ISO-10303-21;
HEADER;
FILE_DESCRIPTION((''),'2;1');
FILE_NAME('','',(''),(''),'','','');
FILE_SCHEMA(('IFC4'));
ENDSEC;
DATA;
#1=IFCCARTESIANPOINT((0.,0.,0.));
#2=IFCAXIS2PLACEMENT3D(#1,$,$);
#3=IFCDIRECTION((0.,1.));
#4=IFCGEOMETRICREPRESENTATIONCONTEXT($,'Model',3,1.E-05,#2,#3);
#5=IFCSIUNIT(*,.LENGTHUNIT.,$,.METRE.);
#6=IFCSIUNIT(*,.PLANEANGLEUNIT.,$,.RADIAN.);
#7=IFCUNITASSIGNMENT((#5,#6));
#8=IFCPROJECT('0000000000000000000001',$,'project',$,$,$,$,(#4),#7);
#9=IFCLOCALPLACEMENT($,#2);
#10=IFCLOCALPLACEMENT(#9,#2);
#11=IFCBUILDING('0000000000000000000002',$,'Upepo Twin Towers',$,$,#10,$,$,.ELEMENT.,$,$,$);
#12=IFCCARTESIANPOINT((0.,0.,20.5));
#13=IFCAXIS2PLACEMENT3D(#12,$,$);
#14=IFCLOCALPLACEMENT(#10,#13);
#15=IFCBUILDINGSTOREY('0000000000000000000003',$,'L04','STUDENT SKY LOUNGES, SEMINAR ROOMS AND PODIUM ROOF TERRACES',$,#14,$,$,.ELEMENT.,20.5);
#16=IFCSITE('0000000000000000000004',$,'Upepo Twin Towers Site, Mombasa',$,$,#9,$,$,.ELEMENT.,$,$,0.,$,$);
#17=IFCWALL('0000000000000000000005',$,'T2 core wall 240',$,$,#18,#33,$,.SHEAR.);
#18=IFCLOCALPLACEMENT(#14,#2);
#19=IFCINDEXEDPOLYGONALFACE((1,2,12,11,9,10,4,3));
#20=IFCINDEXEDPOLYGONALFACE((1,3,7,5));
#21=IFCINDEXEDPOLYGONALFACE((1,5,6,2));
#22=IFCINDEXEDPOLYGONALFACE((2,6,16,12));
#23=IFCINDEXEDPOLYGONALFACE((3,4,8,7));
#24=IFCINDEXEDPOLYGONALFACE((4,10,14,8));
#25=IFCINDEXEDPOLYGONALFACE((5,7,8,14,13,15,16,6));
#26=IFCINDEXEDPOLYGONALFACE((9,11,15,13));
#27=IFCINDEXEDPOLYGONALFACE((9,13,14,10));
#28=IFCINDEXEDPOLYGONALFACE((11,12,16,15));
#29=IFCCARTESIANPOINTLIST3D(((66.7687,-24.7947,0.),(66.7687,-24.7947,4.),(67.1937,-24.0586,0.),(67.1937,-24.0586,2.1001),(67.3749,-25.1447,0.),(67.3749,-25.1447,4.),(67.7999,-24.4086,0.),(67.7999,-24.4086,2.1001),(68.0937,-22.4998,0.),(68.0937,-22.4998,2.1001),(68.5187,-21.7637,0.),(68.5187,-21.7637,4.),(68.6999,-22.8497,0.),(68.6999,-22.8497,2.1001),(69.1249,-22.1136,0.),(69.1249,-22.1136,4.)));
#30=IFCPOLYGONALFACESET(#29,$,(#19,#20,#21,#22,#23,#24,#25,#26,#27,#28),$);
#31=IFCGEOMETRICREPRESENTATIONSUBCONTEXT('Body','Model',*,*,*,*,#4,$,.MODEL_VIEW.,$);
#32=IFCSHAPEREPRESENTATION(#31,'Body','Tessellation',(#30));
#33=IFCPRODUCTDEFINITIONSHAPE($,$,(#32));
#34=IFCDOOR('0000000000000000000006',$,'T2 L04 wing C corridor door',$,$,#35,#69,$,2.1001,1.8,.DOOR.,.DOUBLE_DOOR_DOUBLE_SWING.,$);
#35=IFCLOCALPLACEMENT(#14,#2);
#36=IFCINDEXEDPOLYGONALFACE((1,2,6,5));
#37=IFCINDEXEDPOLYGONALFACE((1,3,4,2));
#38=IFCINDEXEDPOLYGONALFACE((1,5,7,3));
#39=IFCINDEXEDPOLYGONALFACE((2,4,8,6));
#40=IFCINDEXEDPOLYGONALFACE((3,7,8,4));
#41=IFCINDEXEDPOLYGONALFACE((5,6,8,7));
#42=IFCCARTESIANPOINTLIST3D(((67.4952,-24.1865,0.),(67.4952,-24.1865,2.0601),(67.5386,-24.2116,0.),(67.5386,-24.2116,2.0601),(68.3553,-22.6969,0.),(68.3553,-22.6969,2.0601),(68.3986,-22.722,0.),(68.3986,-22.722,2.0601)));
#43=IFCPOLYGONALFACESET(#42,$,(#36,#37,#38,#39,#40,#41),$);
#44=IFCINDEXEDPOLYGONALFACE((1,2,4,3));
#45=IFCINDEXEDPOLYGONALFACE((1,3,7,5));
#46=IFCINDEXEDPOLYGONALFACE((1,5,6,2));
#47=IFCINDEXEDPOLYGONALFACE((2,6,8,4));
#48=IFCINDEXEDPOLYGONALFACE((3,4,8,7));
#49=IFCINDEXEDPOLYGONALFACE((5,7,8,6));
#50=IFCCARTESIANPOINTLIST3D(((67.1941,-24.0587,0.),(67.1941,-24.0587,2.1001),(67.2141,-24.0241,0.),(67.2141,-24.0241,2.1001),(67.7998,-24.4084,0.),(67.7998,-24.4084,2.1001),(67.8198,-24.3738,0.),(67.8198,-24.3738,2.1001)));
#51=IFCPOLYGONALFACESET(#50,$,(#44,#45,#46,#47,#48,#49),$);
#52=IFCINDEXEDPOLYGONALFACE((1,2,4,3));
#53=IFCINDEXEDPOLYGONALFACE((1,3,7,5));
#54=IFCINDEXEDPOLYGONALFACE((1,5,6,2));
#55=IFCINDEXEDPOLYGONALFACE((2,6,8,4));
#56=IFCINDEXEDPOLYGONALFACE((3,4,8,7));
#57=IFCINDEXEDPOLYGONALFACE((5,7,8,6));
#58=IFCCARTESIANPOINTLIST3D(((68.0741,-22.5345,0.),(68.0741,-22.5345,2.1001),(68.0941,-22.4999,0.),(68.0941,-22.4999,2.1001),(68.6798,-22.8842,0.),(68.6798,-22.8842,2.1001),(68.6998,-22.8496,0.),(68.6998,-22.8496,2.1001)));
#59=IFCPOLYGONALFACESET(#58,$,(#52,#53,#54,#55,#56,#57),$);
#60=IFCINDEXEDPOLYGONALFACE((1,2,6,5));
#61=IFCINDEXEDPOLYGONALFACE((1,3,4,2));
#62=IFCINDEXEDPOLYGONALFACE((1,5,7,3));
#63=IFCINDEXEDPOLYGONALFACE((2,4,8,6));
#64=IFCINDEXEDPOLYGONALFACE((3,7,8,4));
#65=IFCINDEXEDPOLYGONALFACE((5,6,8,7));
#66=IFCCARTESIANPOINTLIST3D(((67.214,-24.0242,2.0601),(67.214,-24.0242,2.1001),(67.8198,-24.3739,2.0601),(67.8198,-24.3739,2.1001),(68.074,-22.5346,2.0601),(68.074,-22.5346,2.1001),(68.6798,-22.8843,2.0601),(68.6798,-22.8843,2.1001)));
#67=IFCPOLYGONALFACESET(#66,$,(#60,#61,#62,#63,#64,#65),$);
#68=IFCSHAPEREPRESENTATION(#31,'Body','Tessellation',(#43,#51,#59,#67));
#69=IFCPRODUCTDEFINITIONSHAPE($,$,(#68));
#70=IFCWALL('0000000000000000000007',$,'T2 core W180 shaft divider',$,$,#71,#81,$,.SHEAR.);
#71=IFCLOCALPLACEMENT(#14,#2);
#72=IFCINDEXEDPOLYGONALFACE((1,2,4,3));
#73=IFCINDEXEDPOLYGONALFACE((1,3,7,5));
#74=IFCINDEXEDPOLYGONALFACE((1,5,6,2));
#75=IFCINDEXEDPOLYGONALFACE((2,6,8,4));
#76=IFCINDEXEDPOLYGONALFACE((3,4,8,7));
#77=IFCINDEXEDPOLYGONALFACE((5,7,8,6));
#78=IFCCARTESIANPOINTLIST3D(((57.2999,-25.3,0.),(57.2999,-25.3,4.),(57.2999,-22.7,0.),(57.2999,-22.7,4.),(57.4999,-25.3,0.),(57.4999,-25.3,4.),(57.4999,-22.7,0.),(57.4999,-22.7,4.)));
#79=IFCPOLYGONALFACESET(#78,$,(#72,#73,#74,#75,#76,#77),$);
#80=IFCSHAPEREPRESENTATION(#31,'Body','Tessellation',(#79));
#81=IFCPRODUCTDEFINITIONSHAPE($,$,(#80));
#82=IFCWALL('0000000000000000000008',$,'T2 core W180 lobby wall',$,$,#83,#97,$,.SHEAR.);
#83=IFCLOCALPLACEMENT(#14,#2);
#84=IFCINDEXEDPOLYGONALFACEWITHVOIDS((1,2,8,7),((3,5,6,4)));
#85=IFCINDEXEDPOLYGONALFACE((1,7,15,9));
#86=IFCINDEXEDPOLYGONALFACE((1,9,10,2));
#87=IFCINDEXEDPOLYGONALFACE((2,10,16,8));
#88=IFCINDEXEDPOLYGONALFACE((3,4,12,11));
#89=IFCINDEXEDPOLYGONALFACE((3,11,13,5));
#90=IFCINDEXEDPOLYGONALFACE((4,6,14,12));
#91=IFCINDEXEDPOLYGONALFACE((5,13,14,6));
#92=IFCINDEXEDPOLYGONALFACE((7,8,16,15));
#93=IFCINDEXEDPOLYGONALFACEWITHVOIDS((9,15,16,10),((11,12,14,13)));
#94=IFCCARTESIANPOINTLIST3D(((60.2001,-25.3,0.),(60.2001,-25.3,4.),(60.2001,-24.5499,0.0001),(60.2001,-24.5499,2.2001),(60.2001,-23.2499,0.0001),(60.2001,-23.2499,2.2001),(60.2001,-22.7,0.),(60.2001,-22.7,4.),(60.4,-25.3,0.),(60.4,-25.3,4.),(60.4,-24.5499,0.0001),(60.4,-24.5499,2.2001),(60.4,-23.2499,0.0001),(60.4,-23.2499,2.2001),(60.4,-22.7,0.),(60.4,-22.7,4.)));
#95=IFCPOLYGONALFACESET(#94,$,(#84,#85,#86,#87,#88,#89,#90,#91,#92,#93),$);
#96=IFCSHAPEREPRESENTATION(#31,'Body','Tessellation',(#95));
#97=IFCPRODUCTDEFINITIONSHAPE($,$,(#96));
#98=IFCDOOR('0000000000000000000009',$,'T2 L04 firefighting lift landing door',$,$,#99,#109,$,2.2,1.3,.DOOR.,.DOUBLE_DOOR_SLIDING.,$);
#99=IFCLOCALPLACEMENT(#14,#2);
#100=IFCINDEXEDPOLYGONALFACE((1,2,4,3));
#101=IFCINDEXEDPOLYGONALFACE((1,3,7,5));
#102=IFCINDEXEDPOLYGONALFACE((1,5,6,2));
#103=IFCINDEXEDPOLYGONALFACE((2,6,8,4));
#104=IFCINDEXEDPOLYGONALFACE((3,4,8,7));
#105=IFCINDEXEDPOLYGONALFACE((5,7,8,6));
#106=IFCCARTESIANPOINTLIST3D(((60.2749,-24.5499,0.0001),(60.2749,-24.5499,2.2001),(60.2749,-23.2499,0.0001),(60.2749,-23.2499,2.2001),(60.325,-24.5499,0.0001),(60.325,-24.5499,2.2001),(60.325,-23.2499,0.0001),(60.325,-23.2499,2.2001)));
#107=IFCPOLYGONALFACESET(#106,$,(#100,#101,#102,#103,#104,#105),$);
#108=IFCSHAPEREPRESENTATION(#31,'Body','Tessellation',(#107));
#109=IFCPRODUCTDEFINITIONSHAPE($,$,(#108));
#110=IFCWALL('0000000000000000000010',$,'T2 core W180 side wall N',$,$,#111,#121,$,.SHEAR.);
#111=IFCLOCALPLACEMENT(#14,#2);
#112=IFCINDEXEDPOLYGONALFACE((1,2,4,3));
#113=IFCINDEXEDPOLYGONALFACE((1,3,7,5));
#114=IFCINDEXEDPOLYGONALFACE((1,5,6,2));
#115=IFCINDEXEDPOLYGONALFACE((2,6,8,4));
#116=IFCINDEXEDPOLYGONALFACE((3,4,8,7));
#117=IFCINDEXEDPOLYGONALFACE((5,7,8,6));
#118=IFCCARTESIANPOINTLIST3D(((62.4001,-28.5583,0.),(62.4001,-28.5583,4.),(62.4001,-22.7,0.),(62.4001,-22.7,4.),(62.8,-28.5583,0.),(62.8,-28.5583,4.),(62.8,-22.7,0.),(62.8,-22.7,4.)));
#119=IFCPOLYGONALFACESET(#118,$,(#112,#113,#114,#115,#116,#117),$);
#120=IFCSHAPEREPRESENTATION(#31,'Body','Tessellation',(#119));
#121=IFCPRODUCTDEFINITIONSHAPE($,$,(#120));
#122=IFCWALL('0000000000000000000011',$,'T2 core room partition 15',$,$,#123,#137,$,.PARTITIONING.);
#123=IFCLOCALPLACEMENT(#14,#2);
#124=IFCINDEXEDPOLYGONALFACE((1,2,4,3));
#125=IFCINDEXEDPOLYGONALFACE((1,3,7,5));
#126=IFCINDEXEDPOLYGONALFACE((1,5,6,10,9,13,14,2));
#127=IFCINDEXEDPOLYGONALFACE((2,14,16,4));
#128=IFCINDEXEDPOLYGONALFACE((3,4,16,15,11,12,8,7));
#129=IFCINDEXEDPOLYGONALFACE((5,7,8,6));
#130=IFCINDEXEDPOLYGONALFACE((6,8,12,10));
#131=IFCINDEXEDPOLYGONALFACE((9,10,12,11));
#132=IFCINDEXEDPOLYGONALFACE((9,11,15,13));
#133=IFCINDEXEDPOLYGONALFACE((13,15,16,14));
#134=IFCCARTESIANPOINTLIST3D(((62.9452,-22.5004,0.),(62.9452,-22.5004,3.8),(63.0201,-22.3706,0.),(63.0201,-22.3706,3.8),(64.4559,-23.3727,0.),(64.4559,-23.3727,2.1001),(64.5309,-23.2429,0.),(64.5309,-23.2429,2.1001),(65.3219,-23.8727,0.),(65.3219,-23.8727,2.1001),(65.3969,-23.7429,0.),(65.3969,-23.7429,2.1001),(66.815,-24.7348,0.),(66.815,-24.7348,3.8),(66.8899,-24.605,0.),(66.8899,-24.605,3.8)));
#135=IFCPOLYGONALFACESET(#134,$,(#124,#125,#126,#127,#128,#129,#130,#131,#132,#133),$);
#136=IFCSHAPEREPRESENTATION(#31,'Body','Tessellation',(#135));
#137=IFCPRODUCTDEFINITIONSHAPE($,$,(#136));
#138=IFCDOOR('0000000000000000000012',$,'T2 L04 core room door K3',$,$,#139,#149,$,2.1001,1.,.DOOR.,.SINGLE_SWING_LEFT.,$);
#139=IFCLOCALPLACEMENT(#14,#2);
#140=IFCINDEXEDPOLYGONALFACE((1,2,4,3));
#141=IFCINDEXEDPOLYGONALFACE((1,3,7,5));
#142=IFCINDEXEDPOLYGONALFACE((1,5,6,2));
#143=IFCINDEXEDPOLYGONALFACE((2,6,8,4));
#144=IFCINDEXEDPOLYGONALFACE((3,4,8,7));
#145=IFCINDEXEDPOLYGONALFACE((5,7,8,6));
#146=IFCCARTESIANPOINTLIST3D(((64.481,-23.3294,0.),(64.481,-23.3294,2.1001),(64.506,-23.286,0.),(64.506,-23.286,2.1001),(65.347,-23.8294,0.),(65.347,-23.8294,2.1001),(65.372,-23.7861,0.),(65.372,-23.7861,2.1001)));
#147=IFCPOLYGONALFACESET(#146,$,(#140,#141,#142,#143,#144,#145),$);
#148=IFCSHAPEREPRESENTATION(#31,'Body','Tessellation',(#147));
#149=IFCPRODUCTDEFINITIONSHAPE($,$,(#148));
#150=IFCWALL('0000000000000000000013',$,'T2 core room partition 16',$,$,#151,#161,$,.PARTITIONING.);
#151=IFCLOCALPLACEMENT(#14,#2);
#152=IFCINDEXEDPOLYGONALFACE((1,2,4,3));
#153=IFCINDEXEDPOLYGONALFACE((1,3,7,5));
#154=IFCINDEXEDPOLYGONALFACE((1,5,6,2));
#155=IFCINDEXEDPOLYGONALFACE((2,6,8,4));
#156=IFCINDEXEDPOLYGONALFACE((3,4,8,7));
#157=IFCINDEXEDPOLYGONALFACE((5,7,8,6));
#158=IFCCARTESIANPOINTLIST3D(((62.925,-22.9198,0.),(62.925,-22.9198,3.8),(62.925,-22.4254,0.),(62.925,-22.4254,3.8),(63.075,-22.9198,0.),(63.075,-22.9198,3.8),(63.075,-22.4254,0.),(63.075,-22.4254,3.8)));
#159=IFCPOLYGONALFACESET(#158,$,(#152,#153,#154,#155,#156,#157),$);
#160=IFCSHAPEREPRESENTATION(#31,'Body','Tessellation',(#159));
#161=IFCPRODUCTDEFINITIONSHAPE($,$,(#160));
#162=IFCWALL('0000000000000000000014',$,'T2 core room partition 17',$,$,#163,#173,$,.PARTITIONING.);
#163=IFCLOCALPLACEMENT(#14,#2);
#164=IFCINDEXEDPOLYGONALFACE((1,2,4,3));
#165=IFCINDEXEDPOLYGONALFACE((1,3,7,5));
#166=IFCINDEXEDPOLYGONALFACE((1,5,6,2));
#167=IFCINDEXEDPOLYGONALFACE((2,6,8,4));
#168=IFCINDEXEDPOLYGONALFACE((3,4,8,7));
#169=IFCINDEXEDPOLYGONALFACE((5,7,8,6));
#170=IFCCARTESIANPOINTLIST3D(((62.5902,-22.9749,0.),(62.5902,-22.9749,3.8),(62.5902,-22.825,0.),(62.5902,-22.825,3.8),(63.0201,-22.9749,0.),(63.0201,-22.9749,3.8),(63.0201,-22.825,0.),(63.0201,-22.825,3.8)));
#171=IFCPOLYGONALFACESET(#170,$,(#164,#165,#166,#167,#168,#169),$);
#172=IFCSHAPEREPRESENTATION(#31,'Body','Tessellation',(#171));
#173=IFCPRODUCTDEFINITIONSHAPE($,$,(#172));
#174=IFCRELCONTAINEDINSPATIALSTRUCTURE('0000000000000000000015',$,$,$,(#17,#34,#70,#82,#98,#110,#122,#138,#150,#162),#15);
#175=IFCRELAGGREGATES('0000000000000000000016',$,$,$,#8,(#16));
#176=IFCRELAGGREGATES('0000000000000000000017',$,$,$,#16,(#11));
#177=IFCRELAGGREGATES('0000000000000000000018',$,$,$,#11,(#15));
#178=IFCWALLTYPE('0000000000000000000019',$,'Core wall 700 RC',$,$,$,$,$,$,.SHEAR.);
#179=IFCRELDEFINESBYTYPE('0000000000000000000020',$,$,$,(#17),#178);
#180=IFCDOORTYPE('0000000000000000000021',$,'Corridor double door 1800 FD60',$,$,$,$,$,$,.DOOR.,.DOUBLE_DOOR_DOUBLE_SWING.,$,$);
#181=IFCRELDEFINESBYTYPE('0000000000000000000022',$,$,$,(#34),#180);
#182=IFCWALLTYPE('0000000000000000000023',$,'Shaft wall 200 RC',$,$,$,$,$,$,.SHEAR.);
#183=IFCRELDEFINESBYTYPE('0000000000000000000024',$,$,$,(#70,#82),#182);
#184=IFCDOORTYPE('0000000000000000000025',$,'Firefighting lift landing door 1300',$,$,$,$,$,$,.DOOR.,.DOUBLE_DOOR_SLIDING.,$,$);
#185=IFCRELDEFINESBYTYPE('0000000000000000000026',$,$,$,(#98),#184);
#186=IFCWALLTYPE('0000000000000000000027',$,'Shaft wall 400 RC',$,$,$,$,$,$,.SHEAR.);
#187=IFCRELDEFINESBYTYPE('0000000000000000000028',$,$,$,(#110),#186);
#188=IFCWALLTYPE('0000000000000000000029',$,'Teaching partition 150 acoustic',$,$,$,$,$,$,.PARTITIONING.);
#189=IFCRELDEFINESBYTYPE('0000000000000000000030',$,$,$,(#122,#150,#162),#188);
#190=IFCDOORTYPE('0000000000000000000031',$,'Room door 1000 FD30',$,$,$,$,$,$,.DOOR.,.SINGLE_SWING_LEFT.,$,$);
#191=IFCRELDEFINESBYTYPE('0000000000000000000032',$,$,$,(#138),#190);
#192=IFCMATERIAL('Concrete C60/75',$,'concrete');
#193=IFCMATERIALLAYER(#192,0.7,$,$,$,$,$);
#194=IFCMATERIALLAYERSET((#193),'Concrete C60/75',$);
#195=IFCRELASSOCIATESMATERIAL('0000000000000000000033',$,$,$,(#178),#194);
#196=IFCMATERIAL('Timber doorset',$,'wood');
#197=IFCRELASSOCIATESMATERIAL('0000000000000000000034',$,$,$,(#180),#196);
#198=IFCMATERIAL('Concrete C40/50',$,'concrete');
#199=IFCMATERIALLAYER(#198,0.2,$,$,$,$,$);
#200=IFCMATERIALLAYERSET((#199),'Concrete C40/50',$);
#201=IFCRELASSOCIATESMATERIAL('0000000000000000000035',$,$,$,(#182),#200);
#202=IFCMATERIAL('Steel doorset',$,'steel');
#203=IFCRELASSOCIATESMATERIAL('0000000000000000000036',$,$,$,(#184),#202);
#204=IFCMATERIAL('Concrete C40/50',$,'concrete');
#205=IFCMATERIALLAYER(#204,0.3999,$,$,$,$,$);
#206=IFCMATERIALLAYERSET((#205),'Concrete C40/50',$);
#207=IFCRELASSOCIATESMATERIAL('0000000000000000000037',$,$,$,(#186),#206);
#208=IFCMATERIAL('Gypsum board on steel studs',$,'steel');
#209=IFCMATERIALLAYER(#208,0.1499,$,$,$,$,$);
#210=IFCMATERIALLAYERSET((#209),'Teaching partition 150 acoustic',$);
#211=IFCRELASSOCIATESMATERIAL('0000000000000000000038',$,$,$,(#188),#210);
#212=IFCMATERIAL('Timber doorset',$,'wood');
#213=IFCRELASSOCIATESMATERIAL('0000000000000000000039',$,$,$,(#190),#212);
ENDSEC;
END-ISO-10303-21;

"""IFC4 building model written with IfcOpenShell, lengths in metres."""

from ifc_helpers import new_model, si_unit, direction, frame, frame_2d, origin, place, context, subcontext, project, spatial, rectangle, extrude, material, layer, layer_set, type_object, element, fill, save


model = new_model("IFC4")

# Units and contexts
model_context = context("Model", 3, precision=1e-05, world=origin(), true_north=direction((0.0, 1.0)))
body_context = subcontext(model_context, "Body", "Model", "MODEL_VIEW")
ifc_project = project(units=[si_unit("LENGTHUNIT", "METRE"), si_unit("PLANEANGLEUNIT", "RADIAN")], contexts=[model_context])

# Site, building, storey
site_placement = place(None, origin())
site = spatial("IfcSite", under=ifc_project, at=site_placement, Name="Upepo Twin Towers Site, Mombasa", CompositionType="ELEMENT", RefElevation=0.0)
building_placement = place(site_placement, origin())
building = spatial("IfcBuilding", under=site, at=building_placement, Name="Upepo Twin Towers", CompositionType="ELEMENT")
storey_placement = place(building_placement, frame((0.0, 0.0, 20.5)))
storey = spatial("IfcBuildingStorey", under=building, at=storey_placement, Name="L04", Description="STUDENT SKY LOUNGES, SEMINAR ROOMS AND PODIUM ROOF TERRACES", CompositionType="ELEMENT", Elevation=20.5)

# Shared definitions
ifc_material_1 = material(Name="Concrete C60/75", Category="concrete")
ifc_layer_1 = layer(ifc_material_1, 0.7)
ifc_layer_set_1 = layer_set([ifc_layer_1], Name="Concrete C60/75")
wall_type_1 = type_object("IfcWallType", Name="Core wall 700 RC", PredefinedType="SHEAR", material=ifc_layer_set_1)

# Wall, opening, door
wall_1_placement = place(storey_placement, frame((67.0718, -24.9697, 0.0), z_axis=(0.0, 0.0, 1.0), x_axis=(0.50001, 0.866019, 0.0)))
wall_1 = element("IfcWall", 1, at=wall_1_placement, inside=storey, type_object=wall_type_1, Name="T2 core wall 240", PredefinedType="SHEAR", context=body_context, shape_type="SweptSolid", body=[
    extrude(rectangle(XDim=3.5, YDim=0.7, at=frame_2d((1.75, 0.0))), origin(), (0.0, 0.0, 1.0), 4.0),
])
opening_1_placement = place(wall_1_placement, frame((0.8501, 0.0, 0.0)))
opening_1 = element("IfcOpeningElement", 2, at=opening_1_placement, cuts=wall_1, PredefinedType="OPENING", context=body_context, shape_type="SweptSolid", body=[
    extrude(rectangle(XDim=1.8, YDim=2.1001, at=frame_2d((0.8999, 1.05))), frame((0.0, 0.3599, 0.0), z_axis=(0.0, -1.0, 0.0), x_axis=(1.0, 0.0, 0.0)), (0.0, 0.0, 1.0), 0.72),
])
ifc_material_2 = material(Name="Timber doorset", Category="wood")
door_type_1 = type_object("IfcDoorType", Name="Corridor double door 1800 FD60", OperationType="DOUBLE_DOOR_DOUBLE_SWING", PredefinedType="DOOR", material=ifc_material_2)
door_1_placement = place(opening_1_placement, origin())
door_1 = element("IfcDoor", 3, at=door_1_placement, inside=storey, type_object=door_type_1, Name="T2 L04 wing C corridor door", OperationType="DOUBLE_DOOR_DOUBLE_SWING", OverallHeight=2.1001, OverallWidth=1.8, PredefinedType="DOOR", context=body_context, shape_type="SweptSolid", body=[
    extrude(rectangle(XDim=1.72, YDim=2.0601, at=frame_2d((0.8999, 1.03))), frame((0.0, 0.0249, 0.0), z_axis=(0.0, -1.0, 0.0), x_axis=(1.0, 0.0, 0.0)), (0.0, 0.0, 1.0), 0.05),
    extrude(rectangle(XDim=0.04, YDim=2.1001, at=frame_2d((0.02, 1.05))), frame((0.0, 0.3496, 0.0), z_axis=(0.0, -1.0, 0.0), x_axis=(1.0, 0.0, 0.0)), (0.0, 0.0, 1.0), 0.6995),
    extrude(rectangle(XDim=0.04, YDim=2.1001, at=frame_2d((1.78, 1.05))), frame((0.0, 0.3496, 0.0), z_axis=(0.0, -1.0, 0.0), x_axis=(1.0, 0.0, 0.0)), (0.0, 0.0, 1.0), 0.6995),
    extrude(rectangle(XDim=1.72, YDim=0.04, at=frame_2d((0.8999, 2.0801))), frame((0.0, 0.3496, 0.0), z_axis=(0.0, -1.0, 0.0), x_axis=(1.0, 0.0, 0.0)), (0.0, 0.0, 1.0), 0.6995),
])
fill(opening_1, door_1)

# Wall
ifc_material_3 = material(Name="Concrete C40/50", Category="concrete")
ifc_layer_2 = layer(ifc_material_3, 0.2)
ifc_layer_set_2 = layer_set([ifc_layer_2], Name="Concrete C40/50")
wall_type_2 = type_object("IfcWallType", Name="Shaft wall 200 RC", PredefinedType="SHEAR", material=ifc_layer_set_2)
wall_2_placement = place(storey_placement, frame((57.3999, -22.7, 0.0), z_axis=(0.0, 0.0, 1.0), x_axis=(0.0, -1.0, 0.0)))
element("IfcWall", 4, at=wall_2_placement, inside=storey, type_object=wall_type_2, Name="T2 core W180 shaft divider", PredefinedType="SHEAR", context=body_context, shape_type="SweptSolid", body=[
    extrude(rectangle(XDim=2.6001, YDim=0.2, at=frame_2d((1.3, 0.0))), origin(), (0.0, 0.0, 1.0), 4.0),
])

# Wall, opening, door
wall_3_placement = place(storey_placement, frame((60.3, -22.7, 0.0), z_axis=(0.0, 0.0, 1.0), x_axis=(0.0, -1.0, 0.0)))
wall_3 = element("IfcWall", 5, at=wall_3_placement, inside=storey, type_object=wall_type_2, Name="T2 core W180 lobby wall", PredefinedType="SHEAR", context=body_context, shape_type="SweptSolid", body=[
    extrude(rectangle(XDim=2.6001, YDim=0.2, at=frame_2d((1.3, 0.0))), origin(), (0.0, 0.0, 1.0), 4.0),
])
opening_2_placement = place(wall_3_placement, frame((0.55, 0.0, 0.0)))
opening_2 = element("IfcOpeningElement", 6, at=opening_2_placement, cuts=wall_3, PredefinedType="OPENING", context=body_context, shape_type="SweptSolid", body=[
    extrude(rectangle(XDim=1.3, YDim=2.2, at=frame_2d((0.6499, 1.1001))), frame((0.0, 0.1099, 0.0), z_axis=(0.0, -1.0, 0.0), x_axis=(1.0, 0.0, 0.0)), (0.0, 0.0, 1.0), 0.22),
])
ifc_material_4 = material(Name="Steel doorset", Category="steel")
door_type_2 = type_object("IfcDoorType", Name="Firefighting lift landing door 1300", OperationType="DOUBLE_DOOR_SLIDING", PredefinedType="DOOR", material=ifc_material_4)
door_2_placement = place(opening_2_placement, origin())
door_2 = element("IfcDoor", 7, at=door_2_placement, inside=storey, type_object=door_type_2, Name="T2 L04 firefighting lift landing door", OperationType="DOUBLE_DOOR_SLIDING", OverallHeight=2.2, OverallWidth=1.3, PredefinedType="DOOR", context=body_context, shape_type="SweptSolid", body=[
    extrude(rectangle(XDim=1.3, YDim=2.2, at=frame_2d((0.6499, 1.1001))), frame((0.0, 0.0249, 0.0), z_axis=(0.0, -1.0, 0.0), x_axis=(1.0, 0.0, 0.0)), (0.0, 0.0, 1.0), 0.05),
])
fill(opening_2, door_2)

# Wall
ifc_material_5 = material(Name="Concrete C40/50", Category="concrete")
ifc_layer_3 = layer(ifc_material_5, 0.3999)
ifc_layer_set_3 = layer_set([ifc_layer_3], Name="Concrete C40/50")
wall_type_3 = type_object("IfcWallType", Name="Shaft wall 400 RC", PredefinedType="SHEAR", material=ifc_layer_set_3)
wall_4_placement = place(storey_placement, frame((62.6001, -22.7, 0.0), z_axis=(0.0, 0.0, 1.0), x_axis=(0.0, -1.0, 0.0)))
element("IfcWall", 8, at=wall_4_placement, inside=storey, type_object=wall_type_3, Name="T2 core W180 side wall N", PredefinedType="SHEAR", context=body_context, shape_type="SweptSolid", body=[
    extrude(rectangle(XDim=5.8584, YDim=0.3999, at=frame_2d((2.9292, 0.0))), origin(), (0.0, 0.0, 1.0), 4.0),
])

# Wall, opening, door
ifc_material_6 = material(Name="Gypsum board on steel studs", Category="steel")
ifc_layer_4 = layer(ifc_material_6, 0.1499)
ifc_layer_set_4 = layer_set([ifc_layer_4], Name="Teaching partition 150 acoustic")
wall_type_4 = type_object("IfcWallType", Name="Teaching partition 150 acoustic", PredefinedType="PARTITIONING", material=ifc_layer_set_4)
wall_5_placement = place(storey_placement, frame((66.8525, -24.6699, 0.0), z_axis=(0.0, 0.0, 1.0), x_axis=(-0.866015, 0.500017, 0.0)))
wall_5 = element("IfcWall", 9, at=wall_5_placement, inside=storey, type_object=wall_type_4, Name="T2 core room partition 15", PredefinedType="PARTITIONING", context=body_context, shape_type="SweptSolid", body=[
    extrude(rectangle(XDim=4.4685, YDim=0.1499, at=frame_2d((2.2344, 0.0))), origin(), (0.0, 0.0, 1.0), 3.8),
])
opening_3_placement = place(wall_5_placement, frame((1.7241, 0.0, 0.0)))
opening_3 = element("IfcOpeningElement", 10, at=opening_3_placement, cuts=wall_5, PredefinedType="OPENING", context=body_context, shape_type="SweptSolid", body=[
    extrude(rectangle(XDim=1.0, YDim=2.1001, at=frame_2d((0.5, 1.05))), frame((0.0, 0.085, 0.0), z_axis=(0.0, -1.0, 0.0), x_axis=(1.0, 0.0, 0.0)), (0.0, 0.0, 1.0), 0.1699),
])
ifc_material_7 = material(Name="Timber doorset", Category="wood")
door_type_3 = type_object("IfcDoorType", Name="Room door 1000 FD30", OperationType="SINGLE_SWING_LEFT", PredefinedType="DOOR", material=ifc_material_7)
door_3_placement = place(opening_3_placement, origin())
door_3 = element("IfcDoor", 11, at=door_3_placement, inside=storey, type_object=door_type_3, Name="T2 L04 core room door K3", OperationType="SINGLE_SWING_LEFT", OverallHeight=2.1001, OverallWidth=1.0, PredefinedType="DOOR", context=body_context, shape_type="SweptSolid", body=[
    extrude(rectangle(XDim=1.0, YDim=2.1001, at=frame_2d((0.5, 1.05))), frame((0.0, 0.0249, 0.0), z_axis=(0.0, -1.0, 0.0), x_axis=(1.0, 0.0, 0.0)), (0.0, 0.0, 1.0), 0.05),
])
fill(opening_3, door_3)

# Walls
wall_6_placement = place(storey_placement, frame((63.0, -22.4255, 0.0), z_axis=(0.0, 0.0, 1.0), x_axis=(0.0, -1.0, 0.0)))
element("IfcWall", 12, at=wall_6_placement, inside=storey, type_object=wall_type_4, Name="T2 core room partition 16", PredefinedType="PARTITIONING", context=body_context, shape_type="SweptSolid", body=[
    extrude(rectangle(XDim=0.4944, YDim=0.1499, at=frame_2d((0.2471, 0.0))), origin(), (0.0, 0.0, 1.0), 3.8),
])
wall_7_placement = place(storey_placement, frame((63.02, -22.8999, 0.0), z_axis=(0.0, 0.0, 1.0), x_axis=(-1.0, 0.0, 0.0)))
element("IfcWall", 13, at=wall_7_placement, inside=storey, type_object=wall_type_4, Name="T2 core room partition 17", PredefinedType="PARTITIONING", context=body_context, shape_type="SweptSolid", body=[
    extrude(rectangle(XDim=0.4299, YDim=0.1499, at=frame_2d((0.2148, 0.0))), origin(), (0.0, 0.0, 1.0), 3.8),
])

save(model, "model.ifc")
